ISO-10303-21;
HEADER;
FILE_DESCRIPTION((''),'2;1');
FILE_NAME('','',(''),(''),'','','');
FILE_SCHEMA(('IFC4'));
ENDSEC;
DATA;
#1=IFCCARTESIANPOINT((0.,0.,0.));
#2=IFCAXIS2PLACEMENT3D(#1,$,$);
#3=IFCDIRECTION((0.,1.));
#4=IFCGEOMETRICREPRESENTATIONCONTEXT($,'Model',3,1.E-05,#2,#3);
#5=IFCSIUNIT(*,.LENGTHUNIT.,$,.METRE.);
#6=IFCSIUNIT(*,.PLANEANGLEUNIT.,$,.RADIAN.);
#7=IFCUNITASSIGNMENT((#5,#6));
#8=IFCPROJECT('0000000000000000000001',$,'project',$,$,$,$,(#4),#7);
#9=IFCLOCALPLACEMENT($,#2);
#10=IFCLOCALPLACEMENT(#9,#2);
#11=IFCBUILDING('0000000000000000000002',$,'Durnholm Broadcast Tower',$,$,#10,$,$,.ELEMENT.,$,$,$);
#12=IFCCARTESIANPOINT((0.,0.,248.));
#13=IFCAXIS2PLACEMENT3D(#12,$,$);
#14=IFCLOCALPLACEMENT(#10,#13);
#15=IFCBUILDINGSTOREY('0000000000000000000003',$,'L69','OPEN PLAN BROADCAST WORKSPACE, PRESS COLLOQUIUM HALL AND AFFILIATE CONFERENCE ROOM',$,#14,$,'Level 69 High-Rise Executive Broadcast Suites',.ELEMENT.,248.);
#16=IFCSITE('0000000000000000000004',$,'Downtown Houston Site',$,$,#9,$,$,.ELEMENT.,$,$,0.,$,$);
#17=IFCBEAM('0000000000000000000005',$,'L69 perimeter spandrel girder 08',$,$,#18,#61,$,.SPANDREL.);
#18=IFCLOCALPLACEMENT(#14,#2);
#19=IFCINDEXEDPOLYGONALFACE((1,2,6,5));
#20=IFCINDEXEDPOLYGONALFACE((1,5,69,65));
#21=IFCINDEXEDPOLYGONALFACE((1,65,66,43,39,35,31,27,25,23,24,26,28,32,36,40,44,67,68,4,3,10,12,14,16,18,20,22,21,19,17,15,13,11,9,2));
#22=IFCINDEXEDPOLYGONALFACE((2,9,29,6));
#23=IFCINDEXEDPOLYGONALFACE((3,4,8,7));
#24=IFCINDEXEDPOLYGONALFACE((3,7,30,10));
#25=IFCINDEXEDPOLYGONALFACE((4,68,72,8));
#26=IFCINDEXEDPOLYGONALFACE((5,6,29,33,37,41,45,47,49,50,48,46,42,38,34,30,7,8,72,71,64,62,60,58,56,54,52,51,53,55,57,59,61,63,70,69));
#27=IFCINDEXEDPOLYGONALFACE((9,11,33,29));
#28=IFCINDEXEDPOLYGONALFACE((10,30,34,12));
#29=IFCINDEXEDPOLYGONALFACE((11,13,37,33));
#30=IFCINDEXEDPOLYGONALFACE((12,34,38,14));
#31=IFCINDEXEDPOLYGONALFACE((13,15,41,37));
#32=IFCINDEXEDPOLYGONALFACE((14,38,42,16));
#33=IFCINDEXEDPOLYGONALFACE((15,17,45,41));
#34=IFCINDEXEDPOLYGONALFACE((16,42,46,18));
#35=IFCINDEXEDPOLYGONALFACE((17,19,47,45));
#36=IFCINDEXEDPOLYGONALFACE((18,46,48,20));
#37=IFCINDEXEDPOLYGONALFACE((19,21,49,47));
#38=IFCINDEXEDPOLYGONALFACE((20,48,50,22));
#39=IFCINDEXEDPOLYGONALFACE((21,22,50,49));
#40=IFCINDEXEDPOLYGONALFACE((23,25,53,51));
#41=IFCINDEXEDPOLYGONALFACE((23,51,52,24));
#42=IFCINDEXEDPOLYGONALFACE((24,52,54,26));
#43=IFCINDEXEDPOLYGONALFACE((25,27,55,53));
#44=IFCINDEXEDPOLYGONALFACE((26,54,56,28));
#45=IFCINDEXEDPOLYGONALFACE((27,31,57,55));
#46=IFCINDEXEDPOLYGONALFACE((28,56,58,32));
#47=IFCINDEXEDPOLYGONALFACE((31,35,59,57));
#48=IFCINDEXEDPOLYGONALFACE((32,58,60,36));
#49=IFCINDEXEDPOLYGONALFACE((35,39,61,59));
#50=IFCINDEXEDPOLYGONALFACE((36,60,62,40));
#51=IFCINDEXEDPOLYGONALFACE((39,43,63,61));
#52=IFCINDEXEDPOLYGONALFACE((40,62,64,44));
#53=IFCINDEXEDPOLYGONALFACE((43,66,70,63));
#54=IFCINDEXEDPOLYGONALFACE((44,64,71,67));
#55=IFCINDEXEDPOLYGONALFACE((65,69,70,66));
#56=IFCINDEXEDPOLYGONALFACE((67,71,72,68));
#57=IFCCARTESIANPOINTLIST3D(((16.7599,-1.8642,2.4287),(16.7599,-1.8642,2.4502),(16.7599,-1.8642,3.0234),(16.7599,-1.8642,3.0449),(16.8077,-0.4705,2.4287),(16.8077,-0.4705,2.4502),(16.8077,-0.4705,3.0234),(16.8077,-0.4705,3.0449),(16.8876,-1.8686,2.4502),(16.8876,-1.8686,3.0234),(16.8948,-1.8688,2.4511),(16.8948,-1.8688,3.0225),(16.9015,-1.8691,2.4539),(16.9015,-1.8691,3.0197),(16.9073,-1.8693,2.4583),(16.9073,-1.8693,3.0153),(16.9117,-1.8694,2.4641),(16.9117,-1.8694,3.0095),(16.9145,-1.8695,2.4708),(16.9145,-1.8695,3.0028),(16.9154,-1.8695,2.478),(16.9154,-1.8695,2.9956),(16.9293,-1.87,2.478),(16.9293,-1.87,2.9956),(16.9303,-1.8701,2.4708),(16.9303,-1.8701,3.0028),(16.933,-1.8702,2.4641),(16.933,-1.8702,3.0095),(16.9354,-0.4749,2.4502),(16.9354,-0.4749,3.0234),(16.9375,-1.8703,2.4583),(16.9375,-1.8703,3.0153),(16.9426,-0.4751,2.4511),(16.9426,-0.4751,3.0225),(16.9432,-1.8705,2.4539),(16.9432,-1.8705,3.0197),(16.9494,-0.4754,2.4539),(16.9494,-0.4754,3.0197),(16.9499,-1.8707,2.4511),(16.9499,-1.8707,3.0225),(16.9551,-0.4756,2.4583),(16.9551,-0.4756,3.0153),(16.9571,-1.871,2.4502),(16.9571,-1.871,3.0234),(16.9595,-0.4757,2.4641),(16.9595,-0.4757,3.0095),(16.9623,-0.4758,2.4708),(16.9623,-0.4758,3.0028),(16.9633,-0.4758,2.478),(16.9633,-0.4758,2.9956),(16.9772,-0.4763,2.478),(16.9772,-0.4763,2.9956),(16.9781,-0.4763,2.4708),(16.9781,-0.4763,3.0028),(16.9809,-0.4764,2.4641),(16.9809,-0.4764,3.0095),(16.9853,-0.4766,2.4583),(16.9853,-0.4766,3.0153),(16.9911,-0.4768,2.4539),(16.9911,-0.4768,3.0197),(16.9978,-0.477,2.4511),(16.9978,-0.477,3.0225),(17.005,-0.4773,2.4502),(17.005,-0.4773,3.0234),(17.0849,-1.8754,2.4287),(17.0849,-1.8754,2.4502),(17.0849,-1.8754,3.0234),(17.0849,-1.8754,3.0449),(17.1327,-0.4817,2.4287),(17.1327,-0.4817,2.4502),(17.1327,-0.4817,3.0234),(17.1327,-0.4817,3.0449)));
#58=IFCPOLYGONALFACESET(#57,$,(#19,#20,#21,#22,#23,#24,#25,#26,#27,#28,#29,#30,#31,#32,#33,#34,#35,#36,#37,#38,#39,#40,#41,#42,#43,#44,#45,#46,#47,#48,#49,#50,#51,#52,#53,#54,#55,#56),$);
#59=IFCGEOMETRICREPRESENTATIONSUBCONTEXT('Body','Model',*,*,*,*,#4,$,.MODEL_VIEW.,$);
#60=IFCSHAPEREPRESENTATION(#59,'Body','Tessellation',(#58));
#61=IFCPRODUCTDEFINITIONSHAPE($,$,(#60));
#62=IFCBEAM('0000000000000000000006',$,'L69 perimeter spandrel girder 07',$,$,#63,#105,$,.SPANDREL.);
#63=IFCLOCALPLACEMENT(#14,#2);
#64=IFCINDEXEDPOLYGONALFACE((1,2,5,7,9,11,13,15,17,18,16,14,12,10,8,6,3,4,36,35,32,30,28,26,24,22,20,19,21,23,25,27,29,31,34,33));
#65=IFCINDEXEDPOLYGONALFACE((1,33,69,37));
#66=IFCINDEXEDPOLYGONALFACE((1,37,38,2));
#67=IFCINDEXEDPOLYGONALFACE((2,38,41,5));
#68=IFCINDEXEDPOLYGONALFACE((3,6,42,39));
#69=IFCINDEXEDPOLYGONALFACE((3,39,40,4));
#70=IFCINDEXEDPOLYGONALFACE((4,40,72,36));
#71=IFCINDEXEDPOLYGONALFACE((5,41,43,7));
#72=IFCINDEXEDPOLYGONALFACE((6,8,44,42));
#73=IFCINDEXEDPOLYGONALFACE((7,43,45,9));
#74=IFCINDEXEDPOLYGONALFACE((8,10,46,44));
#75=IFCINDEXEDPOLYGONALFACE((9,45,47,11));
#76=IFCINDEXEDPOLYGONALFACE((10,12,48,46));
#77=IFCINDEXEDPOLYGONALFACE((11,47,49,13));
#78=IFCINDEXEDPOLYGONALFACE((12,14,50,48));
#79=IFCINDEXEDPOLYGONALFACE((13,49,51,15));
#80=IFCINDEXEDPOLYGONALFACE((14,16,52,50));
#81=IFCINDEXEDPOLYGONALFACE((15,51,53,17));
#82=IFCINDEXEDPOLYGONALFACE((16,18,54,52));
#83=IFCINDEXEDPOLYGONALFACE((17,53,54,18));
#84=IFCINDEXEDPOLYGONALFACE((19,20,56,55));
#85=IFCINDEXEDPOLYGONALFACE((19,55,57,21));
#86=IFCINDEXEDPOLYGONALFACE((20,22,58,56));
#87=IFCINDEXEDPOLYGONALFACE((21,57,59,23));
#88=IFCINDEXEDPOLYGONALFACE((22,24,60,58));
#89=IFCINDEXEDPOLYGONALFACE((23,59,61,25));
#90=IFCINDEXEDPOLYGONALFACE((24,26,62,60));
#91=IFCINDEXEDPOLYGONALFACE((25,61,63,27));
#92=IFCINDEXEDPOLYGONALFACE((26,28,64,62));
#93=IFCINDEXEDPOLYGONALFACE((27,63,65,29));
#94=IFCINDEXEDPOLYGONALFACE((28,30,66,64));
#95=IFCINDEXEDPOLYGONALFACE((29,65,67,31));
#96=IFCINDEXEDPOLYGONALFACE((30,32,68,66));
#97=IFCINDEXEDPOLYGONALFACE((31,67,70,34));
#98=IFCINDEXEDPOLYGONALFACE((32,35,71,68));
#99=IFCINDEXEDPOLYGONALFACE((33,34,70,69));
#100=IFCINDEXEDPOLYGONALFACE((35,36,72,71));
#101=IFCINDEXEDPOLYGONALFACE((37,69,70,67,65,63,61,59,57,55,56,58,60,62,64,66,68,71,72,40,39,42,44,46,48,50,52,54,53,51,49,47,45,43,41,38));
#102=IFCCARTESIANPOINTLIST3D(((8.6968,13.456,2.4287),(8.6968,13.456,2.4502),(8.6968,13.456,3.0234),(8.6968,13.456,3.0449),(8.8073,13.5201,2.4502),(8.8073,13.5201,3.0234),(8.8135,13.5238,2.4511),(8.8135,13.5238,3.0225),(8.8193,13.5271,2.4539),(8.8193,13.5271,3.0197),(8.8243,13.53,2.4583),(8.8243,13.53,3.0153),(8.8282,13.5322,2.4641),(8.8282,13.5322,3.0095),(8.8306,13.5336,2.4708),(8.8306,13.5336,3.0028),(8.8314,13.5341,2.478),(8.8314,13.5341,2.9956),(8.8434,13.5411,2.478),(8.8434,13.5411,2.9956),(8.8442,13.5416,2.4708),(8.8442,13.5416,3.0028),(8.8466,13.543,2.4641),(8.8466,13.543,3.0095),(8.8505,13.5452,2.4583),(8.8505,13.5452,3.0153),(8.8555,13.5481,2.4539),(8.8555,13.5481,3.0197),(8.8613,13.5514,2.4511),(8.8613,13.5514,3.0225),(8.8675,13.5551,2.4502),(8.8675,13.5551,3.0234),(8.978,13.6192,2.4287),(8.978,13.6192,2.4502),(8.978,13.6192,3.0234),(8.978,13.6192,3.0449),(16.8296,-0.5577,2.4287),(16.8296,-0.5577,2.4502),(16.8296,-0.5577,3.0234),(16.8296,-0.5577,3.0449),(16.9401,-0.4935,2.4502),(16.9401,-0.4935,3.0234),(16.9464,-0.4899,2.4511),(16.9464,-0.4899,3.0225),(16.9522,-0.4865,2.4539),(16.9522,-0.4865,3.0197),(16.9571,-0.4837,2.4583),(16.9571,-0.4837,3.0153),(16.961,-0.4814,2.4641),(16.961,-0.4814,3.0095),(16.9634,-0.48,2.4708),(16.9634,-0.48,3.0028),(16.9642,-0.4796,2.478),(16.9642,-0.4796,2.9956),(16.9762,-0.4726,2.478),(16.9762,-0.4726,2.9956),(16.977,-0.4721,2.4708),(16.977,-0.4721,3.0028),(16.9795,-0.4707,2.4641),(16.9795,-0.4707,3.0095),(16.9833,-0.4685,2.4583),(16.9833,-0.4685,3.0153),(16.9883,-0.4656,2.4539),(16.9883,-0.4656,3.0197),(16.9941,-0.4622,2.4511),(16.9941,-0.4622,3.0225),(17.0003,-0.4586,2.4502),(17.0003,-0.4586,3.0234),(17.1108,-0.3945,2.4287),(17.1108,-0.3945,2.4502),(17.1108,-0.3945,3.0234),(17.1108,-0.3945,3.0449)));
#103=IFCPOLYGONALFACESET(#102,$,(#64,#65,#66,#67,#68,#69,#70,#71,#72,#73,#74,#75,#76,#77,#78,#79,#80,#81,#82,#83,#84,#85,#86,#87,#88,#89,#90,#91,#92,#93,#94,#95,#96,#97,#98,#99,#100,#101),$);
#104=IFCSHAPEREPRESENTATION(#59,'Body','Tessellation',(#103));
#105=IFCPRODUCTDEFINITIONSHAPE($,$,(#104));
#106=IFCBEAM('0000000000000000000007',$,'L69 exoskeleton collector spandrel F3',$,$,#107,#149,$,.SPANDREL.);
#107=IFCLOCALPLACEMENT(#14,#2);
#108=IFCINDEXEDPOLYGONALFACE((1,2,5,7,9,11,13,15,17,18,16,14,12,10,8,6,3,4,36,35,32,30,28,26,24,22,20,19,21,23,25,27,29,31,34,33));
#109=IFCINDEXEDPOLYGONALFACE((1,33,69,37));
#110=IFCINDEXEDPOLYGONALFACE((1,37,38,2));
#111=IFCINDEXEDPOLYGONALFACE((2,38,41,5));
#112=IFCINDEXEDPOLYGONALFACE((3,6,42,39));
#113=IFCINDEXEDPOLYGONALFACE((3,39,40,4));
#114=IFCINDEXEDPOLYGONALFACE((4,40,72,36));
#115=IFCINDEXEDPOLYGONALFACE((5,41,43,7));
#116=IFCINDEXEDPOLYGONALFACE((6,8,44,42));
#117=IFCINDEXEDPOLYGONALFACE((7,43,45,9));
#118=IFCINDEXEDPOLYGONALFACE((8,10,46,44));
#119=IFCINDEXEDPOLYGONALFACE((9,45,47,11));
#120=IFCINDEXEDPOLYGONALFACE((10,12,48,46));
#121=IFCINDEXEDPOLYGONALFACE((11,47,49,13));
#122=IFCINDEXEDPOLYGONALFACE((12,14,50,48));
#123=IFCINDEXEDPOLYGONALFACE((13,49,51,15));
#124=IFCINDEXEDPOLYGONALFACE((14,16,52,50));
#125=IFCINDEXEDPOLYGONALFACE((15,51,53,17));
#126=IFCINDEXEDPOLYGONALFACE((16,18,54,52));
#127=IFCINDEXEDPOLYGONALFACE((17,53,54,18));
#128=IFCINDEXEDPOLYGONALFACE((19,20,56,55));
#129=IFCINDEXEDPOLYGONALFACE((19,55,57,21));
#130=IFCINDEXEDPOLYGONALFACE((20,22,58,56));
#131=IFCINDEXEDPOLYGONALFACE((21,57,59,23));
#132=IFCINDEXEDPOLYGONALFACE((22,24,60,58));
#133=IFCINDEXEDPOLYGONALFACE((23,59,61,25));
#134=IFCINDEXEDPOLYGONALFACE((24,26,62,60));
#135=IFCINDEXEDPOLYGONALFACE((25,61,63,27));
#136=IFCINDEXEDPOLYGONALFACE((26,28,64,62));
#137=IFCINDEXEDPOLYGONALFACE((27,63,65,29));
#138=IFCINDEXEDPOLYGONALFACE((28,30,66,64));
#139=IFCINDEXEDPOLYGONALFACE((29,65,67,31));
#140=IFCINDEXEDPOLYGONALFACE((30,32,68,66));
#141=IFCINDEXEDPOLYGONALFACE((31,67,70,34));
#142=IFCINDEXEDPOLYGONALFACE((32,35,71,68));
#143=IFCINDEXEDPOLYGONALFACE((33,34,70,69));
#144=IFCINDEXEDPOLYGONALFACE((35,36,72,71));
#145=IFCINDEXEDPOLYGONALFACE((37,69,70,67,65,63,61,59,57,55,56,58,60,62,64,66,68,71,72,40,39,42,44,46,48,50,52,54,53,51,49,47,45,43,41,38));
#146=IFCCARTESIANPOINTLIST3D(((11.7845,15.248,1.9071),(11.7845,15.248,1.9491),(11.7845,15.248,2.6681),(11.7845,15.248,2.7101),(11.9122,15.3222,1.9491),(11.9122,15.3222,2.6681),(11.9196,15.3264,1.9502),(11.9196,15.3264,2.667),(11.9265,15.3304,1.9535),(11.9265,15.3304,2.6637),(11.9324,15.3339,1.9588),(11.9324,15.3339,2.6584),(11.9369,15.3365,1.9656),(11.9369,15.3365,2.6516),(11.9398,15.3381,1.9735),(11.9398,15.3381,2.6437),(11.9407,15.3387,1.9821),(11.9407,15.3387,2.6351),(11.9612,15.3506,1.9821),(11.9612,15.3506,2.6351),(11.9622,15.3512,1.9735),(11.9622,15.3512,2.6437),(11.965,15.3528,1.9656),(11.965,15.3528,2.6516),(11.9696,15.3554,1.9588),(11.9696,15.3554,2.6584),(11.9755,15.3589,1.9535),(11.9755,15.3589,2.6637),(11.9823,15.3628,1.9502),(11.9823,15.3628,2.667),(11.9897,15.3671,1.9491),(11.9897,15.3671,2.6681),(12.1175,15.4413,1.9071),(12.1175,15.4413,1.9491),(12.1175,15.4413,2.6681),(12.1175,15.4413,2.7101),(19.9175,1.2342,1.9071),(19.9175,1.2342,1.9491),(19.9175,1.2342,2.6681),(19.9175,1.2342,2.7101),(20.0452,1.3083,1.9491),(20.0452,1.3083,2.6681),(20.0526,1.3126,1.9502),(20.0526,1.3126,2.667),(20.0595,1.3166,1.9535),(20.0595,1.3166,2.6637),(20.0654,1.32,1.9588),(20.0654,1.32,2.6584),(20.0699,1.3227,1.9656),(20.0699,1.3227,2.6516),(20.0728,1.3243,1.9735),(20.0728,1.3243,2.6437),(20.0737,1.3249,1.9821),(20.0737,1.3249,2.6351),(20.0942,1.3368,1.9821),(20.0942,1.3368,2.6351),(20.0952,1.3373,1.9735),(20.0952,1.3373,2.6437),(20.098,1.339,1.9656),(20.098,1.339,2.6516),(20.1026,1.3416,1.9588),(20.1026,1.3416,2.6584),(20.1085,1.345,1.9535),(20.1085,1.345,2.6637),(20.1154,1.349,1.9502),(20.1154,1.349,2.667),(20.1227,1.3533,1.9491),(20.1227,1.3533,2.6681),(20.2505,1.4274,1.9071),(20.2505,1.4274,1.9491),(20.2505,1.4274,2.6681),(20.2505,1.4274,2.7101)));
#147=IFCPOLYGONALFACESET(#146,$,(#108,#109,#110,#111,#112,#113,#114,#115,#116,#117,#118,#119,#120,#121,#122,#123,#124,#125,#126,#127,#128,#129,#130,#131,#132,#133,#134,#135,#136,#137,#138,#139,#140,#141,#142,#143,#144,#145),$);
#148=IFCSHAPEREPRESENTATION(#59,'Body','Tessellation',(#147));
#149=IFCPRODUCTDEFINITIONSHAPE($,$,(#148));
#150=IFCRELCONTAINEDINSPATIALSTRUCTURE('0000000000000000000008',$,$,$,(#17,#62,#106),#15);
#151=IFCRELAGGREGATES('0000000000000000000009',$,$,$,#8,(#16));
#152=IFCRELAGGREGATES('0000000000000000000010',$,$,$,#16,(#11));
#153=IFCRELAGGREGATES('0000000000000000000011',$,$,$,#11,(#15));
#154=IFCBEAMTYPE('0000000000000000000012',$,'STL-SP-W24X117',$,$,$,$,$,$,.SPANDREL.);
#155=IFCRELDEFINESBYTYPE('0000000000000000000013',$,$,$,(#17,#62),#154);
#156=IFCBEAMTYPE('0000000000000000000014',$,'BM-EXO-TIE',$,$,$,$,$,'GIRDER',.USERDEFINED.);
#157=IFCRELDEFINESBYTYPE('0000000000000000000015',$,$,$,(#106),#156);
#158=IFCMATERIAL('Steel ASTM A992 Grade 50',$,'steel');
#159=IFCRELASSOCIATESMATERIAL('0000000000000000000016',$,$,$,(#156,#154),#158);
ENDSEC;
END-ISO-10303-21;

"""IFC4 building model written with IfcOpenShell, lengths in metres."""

from ifc_helpers import new_model, si_unit, direction, frame, origin, origin_2d, place, context, subcontext, project, spatial, i_section, extrude, source, transform, mapped, material, material_profile, profile_set, type_object, type_shapes, element, save


model = new_model("IFC4")

# Units and contexts
model_context = context("Model", 3, precision=1e-05, world=origin(), true_north=direction((0.0, 1.0)))
body_context = subcontext(model_context, "Body", "Model", "MODEL_VIEW")
ifc_project = project(units=[si_unit("LENGTHUNIT", "METRE"), si_unit("PLANEANGLEUNIT", "RADIAN")], contexts=[model_context])

# Site, building, storey
site_placement = place(None, origin())
site = spatial("IfcSite", under=ifc_project, at=site_placement, Name="Downtown Houston Site", CompositionType="ELEMENT", RefElevation=0.0)
building_placement = place(site_placement, origin())
building = spatial("IfcBuilding", under=site, at=building_placement, Name="Durnholm Broadcast Tower", CompositionType="ELEMENT")
storey_placement = place(building_placement, frame((0.0, 0.0, 248.0)))
storey = spatial("IfcBuildingStorey", under=building, at=storey_placement, Name="L69", Description="OPEN PLAN BROADCAST WORKSPACE, PRESS COLLOQUIUM HALL AND AFFILIATE CONFERENCE ROOM", LongName="Level 69 High-Rise Executive Broadcast Suites", CompositionType="ELEMENT", Elevation=248.0)

# Beams
ifc_material_1 = material(Name="Steel ASTM A992 Grade 50", Category="steel")
ifc_material_profile_1 = material_profile(ifc_material_1, i_section(OverallWidth=0.385, OverallDepth=0.803, WebThickness=0.0237, FlangeThickness=0.042, FilletRadius=0.033, at=origin_2d()), Name="W30X261")
ifc_profile_set_1 = profile_set([ifc_material_profile_1], Name="Steel ASTM A992 Grade 50")
beam_type_1 = type_object("IfcBeamType", Name="BM-EXO-TIE", ElementType="GIRDER", PredefinedType="USERDEFINED", material=ifc_profile_set_1)
ifc_material_profile_2 = material_profile(ifc_material_1, i_section(OverallWidth=0.3252, OverallDepth=0.6162, WebThickness=0.0139, FlangeThickness=0.0215, FilletRadius=0.0278, at=origin_2d()), Name="W24X117")
ifc_profile_set_2 = profile_set([ifc_material_profile_2], Name="Steel ASTM A992 Grade 50")
beam_type_2 = type_object("IfcBeamType", Name="STL-SP-W24X117", PredefinedType="SPANDREL", material=ifc_profile_set_2)
shared_shape_1 = source(origin(), body_context, "Body", "SweptSolid", [
    extrude(i_section(OverallWidth=0.3252, OverallDepth=0.6162, WebThickness=0.0139, FlangeThickness=0.0215, FilletRadius=0.0278, at=origin_2d()), origin(), (0.0, 0.0, 1.0), 1.3945),
])
beam_1_placement = place(storey_placement, frame((16.9702, -0.4761, 2.7368), z_axis=(-0.034312, -0.999411, 0.0), x_axis=(0.999411, -0.034312, 0.0)))
element("IfcBeam", 1, at=beam_1_placement, inside=storey, type_object=beam_type_2, Name="L69 perimeter spandrel girder 08", PredefinedType="SPANDREL", context=body_context, shape_type="MappedRepresentation", body=[
    mapped(shared_shape_1, transform((0.0, 0.0, 0.0), x_axis=(1.0, 0.0, 0.0), y_axis=(0.0, 1.0, 0.0), z_axis=(0.0, 0.0, 1.0), scale=1.0)),
])
shared_shape_2 = source(origin(), body_context, "Body", "SweptSolid", [
    extrude(i_section(OverallWidth=0.3252, OverallDepth=0.6162, WebThickness=0.0139, FlangeThickness=0.0215, FilletRadius=0.0278, at=origin_2d()), origin(), (0.0, 0.0, 1.0), 16.2026),
])
type_shapes(beam_type_2, [shared_shape_1, shared_shape_2])
beam_2_placement = place(storey_placement, frame((8.8374, 13.5376, 2.7368), z_axis=(0.501944, -0.8649, 0.0), x_axis=(0.8649, 0.501944, 0.0)))
element("IfcBeam", 2, at=beam_2_placement, inside=storey, type_object=beam_type_2, Name="L69 perimeter spandrel girder 07", PredefinedType="SPANDREL", context=body_context, shape_type="MappedRepresentation", body=[
    mapped(shared_shape_2, transform((0.0, 0.0, 0.0), x_axis=(1.0, 0.0, 0.0), y_axis=(0.0, 1.0, 0.0), z_axis=(0.0, 0.0, 1.0), scale=1.0)),
])
shared_shape_3 = source(origin(), body_context, "Body", "SweptSolid", [
    extrude(i_section(OverallWidth=0.385, OverallDepth=0.803, WebThickness=0.0237, FlangeThickness=0.042, FilletRadius=0.033, at=origin_2d()), origin(), (0.0, 0.0, 1.0), 16.2029),
])
beam_3_placement = place(storey_placement, frame((20.084, 1.3308, 2.3086), z_axis=(-0.501948, 0.864898, 0.0), x_axis=(-0.864898, -0.501948, 0.0)))
element("IfcBeam", 3, at=beam_3_placement, inside=storey, type_object=beam_type_1, Name="L69 exoskeleton collector spandrel F3", PredefinedType="SPANDREL", context=body_context, shape_type="MappedRepresentation", body=[
    mapped(shared_shape_3, transform((0.0, 0.0, 0.0), x_axis=(1.0, 0.0, 0.0), y_axis=(0.0, 1.0, 0.0), z_axis=(0.0, 0.0, 1.0), scale=1.0)),
])

save(model, "model.ifc")
